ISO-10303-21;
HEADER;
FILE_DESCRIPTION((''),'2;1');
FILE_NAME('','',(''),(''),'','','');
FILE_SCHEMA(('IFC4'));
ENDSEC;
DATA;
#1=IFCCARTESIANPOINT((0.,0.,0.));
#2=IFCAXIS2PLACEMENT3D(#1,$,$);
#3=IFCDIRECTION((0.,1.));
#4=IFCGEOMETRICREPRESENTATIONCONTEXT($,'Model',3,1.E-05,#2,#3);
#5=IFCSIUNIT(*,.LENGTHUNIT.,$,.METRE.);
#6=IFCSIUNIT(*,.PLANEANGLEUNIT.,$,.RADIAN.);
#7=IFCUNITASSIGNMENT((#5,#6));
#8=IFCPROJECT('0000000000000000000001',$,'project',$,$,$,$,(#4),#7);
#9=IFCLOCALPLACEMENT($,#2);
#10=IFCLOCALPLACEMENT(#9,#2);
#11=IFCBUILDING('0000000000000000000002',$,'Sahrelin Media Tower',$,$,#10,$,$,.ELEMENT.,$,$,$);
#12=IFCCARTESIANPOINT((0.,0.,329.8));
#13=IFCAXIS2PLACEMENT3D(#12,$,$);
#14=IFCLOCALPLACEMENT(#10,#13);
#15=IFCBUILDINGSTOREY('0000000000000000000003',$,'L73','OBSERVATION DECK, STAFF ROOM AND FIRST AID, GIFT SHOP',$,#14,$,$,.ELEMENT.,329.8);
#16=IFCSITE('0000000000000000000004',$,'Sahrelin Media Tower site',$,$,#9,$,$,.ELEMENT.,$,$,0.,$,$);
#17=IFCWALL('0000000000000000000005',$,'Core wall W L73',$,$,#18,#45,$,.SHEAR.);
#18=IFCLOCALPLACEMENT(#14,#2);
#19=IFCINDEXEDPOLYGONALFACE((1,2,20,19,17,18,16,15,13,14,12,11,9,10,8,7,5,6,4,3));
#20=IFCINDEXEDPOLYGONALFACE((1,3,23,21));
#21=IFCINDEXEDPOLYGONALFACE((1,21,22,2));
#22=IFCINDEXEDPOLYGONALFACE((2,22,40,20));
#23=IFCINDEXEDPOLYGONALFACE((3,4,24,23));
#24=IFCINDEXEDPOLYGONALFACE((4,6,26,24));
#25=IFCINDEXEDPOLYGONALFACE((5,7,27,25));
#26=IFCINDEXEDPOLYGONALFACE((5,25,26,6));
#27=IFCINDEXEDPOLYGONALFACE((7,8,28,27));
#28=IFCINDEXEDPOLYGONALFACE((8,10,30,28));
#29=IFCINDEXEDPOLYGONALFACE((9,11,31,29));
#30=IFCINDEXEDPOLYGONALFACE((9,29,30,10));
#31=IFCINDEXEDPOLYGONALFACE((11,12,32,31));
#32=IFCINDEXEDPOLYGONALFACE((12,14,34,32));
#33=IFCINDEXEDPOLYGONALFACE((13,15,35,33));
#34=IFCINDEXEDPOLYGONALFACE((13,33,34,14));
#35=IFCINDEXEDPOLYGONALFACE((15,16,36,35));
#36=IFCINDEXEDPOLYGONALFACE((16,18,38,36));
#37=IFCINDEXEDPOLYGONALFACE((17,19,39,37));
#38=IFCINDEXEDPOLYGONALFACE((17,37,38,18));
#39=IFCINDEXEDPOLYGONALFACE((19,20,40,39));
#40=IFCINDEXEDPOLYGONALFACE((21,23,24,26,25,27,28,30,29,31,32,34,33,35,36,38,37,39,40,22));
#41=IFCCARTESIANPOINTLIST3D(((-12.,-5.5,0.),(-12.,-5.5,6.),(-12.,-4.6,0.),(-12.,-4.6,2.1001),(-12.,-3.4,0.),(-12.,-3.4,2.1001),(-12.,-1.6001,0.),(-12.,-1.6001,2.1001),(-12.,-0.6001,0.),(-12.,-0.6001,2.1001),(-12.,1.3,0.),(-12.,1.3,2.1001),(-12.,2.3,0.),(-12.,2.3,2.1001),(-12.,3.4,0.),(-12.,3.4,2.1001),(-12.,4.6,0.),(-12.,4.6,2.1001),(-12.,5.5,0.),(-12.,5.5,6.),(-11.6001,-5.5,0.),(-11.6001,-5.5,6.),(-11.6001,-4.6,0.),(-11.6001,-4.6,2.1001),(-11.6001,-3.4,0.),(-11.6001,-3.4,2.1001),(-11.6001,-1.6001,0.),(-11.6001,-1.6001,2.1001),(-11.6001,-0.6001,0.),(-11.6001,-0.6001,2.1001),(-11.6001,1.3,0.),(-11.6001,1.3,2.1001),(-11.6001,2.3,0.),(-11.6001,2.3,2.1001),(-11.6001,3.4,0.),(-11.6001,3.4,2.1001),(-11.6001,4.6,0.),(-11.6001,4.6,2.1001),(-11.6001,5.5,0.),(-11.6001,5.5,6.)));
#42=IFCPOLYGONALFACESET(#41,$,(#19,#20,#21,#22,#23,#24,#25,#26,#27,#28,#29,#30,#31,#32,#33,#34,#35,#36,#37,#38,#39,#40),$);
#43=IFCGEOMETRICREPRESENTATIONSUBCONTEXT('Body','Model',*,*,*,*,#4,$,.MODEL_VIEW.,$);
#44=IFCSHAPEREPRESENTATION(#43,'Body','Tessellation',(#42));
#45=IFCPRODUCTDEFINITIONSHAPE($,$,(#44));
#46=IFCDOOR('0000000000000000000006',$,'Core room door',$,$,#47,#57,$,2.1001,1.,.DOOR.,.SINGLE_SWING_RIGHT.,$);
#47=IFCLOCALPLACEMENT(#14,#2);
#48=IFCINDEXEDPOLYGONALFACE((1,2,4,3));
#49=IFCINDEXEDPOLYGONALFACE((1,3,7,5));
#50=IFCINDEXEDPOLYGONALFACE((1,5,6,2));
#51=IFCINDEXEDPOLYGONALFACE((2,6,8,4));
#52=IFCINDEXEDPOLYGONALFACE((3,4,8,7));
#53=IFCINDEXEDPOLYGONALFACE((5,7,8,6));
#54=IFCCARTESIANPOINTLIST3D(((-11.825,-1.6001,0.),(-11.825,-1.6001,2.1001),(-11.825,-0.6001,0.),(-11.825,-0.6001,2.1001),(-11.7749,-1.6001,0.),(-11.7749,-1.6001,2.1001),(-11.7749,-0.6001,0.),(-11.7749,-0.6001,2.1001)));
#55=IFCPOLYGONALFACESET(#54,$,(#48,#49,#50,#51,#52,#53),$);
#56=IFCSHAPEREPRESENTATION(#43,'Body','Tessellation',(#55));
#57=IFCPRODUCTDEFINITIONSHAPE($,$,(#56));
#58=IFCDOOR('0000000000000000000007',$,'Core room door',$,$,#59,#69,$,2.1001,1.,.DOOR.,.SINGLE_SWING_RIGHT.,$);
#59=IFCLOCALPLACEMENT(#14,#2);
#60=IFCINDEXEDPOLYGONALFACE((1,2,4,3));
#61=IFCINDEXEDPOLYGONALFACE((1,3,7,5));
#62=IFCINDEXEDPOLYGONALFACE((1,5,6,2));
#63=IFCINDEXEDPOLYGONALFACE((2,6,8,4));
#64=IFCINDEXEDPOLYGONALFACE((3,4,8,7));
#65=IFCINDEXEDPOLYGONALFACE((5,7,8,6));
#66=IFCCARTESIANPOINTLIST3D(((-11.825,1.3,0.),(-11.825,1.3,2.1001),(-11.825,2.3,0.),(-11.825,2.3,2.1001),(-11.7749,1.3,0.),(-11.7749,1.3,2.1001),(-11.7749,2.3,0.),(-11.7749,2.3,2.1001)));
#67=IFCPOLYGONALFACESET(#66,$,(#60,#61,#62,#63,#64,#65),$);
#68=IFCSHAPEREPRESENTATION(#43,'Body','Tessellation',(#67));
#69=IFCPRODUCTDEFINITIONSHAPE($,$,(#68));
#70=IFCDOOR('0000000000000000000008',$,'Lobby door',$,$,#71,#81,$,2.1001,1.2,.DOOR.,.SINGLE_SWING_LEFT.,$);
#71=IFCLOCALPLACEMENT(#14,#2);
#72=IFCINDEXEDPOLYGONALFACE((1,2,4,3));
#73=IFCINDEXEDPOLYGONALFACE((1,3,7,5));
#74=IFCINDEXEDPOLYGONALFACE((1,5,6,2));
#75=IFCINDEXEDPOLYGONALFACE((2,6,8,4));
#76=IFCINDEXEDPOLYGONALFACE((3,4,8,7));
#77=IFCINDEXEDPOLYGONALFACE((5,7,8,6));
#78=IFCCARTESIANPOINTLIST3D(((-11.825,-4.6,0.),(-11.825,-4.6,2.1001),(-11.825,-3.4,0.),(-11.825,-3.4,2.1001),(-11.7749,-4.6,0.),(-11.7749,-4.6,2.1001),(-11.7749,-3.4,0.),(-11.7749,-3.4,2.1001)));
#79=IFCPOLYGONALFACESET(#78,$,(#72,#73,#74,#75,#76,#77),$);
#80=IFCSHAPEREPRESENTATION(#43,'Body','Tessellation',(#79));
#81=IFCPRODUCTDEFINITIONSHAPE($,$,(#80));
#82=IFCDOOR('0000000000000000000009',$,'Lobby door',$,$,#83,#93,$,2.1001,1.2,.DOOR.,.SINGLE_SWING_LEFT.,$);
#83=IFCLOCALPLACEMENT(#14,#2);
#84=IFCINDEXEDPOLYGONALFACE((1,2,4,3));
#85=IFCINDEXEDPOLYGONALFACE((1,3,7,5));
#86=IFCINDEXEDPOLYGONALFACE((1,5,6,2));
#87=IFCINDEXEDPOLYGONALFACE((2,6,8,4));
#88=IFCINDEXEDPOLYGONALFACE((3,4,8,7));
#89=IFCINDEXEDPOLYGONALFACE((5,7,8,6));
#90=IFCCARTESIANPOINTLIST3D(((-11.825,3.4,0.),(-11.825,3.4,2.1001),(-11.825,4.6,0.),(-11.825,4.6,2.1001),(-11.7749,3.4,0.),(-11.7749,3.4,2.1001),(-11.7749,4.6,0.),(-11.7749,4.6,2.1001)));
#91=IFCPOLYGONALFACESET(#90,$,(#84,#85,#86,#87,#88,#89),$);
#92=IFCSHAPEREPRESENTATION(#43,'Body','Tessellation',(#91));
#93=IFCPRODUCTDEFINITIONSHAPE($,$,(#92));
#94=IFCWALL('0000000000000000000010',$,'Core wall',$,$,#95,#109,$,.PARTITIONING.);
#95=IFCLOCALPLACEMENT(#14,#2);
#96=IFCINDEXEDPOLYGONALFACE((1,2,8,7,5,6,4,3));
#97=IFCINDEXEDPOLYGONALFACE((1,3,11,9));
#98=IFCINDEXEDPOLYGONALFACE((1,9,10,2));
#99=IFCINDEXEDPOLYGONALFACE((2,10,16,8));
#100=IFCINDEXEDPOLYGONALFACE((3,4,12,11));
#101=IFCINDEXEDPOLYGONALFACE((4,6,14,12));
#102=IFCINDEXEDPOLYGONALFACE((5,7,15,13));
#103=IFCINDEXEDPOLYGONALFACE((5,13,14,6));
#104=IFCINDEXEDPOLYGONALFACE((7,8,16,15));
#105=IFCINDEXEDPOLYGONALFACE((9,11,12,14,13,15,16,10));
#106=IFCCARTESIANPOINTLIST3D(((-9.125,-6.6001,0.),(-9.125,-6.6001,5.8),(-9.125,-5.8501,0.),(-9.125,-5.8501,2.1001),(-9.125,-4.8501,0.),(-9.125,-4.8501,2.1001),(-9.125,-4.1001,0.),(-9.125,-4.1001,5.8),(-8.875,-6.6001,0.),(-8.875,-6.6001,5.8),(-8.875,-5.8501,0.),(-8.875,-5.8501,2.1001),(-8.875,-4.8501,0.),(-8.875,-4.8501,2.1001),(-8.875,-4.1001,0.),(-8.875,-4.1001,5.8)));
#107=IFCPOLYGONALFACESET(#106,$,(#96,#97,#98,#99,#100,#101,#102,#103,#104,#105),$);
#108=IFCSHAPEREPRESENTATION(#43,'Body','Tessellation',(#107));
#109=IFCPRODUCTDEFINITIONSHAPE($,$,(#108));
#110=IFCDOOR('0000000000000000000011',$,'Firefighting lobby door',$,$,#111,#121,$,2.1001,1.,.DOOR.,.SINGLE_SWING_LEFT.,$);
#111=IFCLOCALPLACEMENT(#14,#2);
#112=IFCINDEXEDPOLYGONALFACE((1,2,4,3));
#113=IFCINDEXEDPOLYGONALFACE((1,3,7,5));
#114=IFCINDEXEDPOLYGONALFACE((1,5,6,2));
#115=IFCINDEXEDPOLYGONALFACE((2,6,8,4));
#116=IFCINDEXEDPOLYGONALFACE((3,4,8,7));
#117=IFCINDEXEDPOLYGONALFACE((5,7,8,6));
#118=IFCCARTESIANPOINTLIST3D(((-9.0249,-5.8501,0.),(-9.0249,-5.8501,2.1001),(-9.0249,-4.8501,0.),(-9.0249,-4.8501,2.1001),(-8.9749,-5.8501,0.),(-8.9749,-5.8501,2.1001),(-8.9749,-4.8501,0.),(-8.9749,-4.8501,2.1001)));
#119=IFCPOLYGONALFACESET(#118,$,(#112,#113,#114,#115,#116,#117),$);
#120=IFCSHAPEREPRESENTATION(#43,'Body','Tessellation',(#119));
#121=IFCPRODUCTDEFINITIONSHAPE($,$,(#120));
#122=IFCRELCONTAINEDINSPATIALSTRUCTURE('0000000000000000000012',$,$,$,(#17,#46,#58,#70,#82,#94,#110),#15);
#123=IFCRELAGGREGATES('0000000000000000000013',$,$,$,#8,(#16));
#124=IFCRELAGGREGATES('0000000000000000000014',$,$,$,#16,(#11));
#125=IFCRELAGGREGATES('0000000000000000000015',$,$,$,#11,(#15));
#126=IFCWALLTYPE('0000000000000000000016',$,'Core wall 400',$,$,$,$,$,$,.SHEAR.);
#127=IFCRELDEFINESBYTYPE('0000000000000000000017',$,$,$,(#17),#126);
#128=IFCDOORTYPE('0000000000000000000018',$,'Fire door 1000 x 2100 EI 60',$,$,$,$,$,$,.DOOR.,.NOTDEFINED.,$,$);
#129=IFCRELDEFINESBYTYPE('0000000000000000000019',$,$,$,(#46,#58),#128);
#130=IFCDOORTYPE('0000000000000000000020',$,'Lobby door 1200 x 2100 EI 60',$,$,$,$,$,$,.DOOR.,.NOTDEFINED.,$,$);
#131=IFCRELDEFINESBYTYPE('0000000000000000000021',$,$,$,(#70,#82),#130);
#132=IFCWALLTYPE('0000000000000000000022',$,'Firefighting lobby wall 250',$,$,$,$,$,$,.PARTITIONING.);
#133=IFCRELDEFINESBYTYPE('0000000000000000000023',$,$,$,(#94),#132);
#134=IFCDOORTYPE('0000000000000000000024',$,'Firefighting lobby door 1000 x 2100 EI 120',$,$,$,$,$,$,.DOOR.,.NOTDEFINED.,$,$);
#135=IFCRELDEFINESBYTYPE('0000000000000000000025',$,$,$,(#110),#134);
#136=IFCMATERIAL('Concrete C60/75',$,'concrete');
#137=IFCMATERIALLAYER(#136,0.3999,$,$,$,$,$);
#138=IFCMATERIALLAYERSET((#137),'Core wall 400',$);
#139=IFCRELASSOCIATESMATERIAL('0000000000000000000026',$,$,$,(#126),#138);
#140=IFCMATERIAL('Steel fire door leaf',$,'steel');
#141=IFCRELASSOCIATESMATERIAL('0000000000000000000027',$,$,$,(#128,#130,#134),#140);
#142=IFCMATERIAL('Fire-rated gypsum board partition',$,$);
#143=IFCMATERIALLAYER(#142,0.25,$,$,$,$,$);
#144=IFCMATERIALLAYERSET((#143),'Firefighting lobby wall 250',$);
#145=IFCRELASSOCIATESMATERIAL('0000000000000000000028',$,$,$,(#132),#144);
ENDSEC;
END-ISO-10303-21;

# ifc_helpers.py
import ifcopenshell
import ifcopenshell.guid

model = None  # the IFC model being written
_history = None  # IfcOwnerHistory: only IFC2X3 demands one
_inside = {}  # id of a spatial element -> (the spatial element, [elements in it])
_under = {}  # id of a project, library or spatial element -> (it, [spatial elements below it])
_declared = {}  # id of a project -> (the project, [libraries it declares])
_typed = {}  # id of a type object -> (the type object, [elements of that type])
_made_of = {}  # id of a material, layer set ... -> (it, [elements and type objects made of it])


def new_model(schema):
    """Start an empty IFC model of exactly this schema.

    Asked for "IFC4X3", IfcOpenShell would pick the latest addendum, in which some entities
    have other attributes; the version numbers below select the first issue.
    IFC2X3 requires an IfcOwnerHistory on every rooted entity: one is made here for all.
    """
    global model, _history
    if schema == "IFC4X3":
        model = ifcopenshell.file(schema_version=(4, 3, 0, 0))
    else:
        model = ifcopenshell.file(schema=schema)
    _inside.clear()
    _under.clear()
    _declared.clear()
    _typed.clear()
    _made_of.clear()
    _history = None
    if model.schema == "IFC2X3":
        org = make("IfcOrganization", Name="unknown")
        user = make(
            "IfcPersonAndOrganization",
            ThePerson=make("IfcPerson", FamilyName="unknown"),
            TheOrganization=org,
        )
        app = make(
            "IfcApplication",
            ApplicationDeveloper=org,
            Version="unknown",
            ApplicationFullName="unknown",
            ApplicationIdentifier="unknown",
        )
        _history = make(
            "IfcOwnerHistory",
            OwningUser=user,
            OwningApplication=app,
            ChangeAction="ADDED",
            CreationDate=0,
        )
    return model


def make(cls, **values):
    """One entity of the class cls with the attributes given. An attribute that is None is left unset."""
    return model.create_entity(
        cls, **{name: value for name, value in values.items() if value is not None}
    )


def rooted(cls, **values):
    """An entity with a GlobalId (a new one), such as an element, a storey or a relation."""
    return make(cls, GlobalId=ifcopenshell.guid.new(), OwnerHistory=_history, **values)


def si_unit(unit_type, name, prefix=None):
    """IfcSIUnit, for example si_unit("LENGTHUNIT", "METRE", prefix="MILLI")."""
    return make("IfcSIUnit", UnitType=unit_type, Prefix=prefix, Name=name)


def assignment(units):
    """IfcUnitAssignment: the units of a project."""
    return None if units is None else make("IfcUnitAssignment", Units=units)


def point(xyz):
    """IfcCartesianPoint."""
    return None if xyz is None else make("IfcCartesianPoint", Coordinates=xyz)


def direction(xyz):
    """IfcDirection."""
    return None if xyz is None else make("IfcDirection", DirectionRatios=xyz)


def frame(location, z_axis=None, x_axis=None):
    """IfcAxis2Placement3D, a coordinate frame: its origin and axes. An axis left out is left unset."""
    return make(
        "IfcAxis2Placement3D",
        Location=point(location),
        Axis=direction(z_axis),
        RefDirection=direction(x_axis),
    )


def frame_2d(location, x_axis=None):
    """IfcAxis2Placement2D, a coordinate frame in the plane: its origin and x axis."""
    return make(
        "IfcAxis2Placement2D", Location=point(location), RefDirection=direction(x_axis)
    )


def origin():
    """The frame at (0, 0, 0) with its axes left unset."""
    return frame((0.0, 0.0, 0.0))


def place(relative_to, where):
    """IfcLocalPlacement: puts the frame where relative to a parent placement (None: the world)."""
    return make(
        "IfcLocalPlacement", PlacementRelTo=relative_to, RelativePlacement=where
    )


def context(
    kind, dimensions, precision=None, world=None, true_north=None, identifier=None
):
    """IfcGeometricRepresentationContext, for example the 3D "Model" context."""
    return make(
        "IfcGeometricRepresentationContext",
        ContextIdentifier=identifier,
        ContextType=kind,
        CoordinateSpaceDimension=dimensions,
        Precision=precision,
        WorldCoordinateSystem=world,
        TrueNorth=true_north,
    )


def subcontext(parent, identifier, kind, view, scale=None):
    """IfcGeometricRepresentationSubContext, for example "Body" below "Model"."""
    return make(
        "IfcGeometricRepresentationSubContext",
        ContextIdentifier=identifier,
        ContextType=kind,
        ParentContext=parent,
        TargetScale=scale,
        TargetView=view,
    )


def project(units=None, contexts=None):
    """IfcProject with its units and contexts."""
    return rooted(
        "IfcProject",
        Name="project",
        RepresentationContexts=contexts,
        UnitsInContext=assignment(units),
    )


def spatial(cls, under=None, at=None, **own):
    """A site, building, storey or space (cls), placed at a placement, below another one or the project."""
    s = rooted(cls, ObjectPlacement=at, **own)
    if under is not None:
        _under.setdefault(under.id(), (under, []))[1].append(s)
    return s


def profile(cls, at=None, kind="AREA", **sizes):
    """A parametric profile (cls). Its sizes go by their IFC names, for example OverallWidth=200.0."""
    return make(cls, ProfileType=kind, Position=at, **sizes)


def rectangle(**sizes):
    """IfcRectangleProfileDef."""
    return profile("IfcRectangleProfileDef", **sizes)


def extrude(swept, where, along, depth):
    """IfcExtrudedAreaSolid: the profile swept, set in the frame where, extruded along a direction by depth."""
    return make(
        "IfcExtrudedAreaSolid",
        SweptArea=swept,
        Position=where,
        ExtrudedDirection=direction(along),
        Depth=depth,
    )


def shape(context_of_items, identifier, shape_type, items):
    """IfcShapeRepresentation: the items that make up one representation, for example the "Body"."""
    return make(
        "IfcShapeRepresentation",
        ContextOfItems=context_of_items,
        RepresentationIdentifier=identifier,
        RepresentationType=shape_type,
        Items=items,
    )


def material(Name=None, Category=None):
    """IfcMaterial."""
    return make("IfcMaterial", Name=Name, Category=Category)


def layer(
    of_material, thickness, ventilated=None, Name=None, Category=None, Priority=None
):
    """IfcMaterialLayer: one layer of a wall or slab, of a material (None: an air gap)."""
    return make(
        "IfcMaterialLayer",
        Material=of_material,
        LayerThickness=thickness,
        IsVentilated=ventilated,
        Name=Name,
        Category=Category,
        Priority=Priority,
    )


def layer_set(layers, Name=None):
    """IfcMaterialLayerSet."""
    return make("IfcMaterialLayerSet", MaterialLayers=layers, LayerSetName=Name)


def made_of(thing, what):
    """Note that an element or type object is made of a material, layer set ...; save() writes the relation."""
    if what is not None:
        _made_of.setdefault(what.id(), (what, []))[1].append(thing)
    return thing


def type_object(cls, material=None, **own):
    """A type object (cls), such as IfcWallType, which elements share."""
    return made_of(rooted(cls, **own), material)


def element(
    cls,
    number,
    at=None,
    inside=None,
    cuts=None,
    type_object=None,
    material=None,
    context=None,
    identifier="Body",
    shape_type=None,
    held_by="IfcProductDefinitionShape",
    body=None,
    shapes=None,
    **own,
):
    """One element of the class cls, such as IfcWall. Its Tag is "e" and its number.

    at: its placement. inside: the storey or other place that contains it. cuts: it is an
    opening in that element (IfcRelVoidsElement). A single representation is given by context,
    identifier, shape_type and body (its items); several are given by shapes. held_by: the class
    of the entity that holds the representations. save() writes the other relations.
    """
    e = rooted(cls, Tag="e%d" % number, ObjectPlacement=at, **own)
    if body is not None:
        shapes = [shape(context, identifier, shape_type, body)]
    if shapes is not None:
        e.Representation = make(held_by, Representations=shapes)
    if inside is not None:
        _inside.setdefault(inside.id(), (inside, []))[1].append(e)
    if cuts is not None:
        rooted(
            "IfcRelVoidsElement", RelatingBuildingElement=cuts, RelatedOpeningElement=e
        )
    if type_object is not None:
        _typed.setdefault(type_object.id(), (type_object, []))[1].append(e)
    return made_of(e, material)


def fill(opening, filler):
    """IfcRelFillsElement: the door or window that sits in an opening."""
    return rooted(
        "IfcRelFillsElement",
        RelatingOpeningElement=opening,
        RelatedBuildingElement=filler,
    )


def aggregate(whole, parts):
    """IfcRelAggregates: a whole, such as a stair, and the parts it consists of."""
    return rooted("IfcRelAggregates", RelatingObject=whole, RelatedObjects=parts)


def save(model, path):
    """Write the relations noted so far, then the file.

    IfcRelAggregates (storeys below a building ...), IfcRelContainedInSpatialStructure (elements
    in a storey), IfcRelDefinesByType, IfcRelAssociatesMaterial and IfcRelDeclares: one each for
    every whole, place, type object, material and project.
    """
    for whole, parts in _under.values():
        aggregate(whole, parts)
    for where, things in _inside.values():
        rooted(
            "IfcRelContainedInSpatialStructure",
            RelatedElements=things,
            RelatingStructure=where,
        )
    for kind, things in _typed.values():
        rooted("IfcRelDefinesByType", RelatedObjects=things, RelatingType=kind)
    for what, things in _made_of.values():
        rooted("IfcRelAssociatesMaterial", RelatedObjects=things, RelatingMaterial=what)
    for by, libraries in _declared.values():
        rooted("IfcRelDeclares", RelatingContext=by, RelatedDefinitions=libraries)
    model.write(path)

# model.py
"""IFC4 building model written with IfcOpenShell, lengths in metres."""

from ifc_helpers import new_model, si_unit, direction, frame, frame_2d, origin, place, context, subcontext, project, spatial, rectangle, extrude, material, layer, layer_set, type_object, element, fill, save


model = new_model("IFC4")

# Units and contexts
model_context = context("Model", 3, precision=1e-05, world=origin(), true_north=direction((0.0, 1.0)))
body_context = subcontext(model_context, "Body", "Model", "MODEL_VIEW")
ifc_project = project(units=[si_unit("LENGTHUNIT", "METRE"), si_unit("PLANEANGLEUNIT", "RADIAN")], contexts=[model_context])

# Site, building, storey
site_placement = place(None, origin())
site = spatial("IfcSite", under=ifc_project, at=site_placement, Name="Sahrelin Media Tower site", CompositionType="ELEMENT", RefElevation=0.0)
building_placement = place(site_placement, origin())
building = spatial("IfcBuilding", under=site, at=building_placement, Name="Sahrelin Media Tower", CompositionType="ELEMENT")
storey_placement = place(building_placement, frame((0.0, 0.0, 329.8)))
storey = spatial("IfcBuildingStorey", under=building, at=storey_placement, Name="L73", Description="OBSERVATION DECK, STAFF ROOM AND FIRST AID, GIFT SHOP", CompositionType="ELEMENT", Elevation=329.8)

# Shared definitions
ifc_material_1 = material(Name="Concrete C60/75", Category="concrete")
ifc_layer_1 = layer(ifc_material_1, 0.3999)
ifc_layer_set_1 = layer_set([ifc_layer_1], Name="Core wall 400")
wall_type_1 = type_object("IfcWallType", Name="Core wall 400", PredefinedType="SHEAR", material=ifc_layer_set_1)

# Wall, openings, doors
wall_1_placement = place(storey_placement, frame((-11.8, -5.5, 0.0), z_axis=(0.0, 0.0, 1.0), x_axis=(0.0, 1.0, 0.0)))
wall_1 = element("IfcWall", 1, at=wall_1_placement, inside=storey, type_object=wall_type_1, Name="Core wall W L73", PredefinedType="SHEAR", context=body_context, shape_type="SweptSolid", body=[
    extrude(rectangle(XDim=11.0, YDim=0.3999, at=frame_2d((5.5, 0.0))), origin(), (0.0, 0.0, 1.0), 6.0),
])
opening_1_placement = place(wall_1_placement, frame((3.8999, 0.0, 0.0)))
opening_1 = element("IfcOpeningElement", 2, at=opening_1_placement, cuts=wall_1, PredefinedType="OPENING", context=body_context, shape_type="SweptSolid", body=[
    extrude(rectangle(XDim=1.0, YDim=2.1001, at=frame_2d((0.5, 1.05))), frame((0.0, 0.2, 0.0), z_axis=(0.0, -1.0, 0.0), x_axis=(1.0, 0.0, 0.0)), (0.0, 0.0, 1.0), 0.3999),
])
opening_2_placement = place(wall_1_placement, frame((6.8, 0.0, 0.0)))
opening_2 = element("IfcOpeningElement", 3, at=opening_2_placement, cuts=wall_1, PredefinedType="OPENING", context=body_context, shape_type="SweptSolid", body=[
    extrude(rectangle(XDim=1.0, YDim=2.1001, at=frame_2d((0.5, 1.05))), frame((0.0, 0.2, 0.0), z_axis=(0.0, -1.0, 0.0), x_axis=(1.0, 0.0, 0.0)), (0.0, 0.0, 1.0), 0.3999),
])
opening_3_placement = place(wall_1_placement, frame((0.8999, 0.0, 0.0)))
opening_3 = element("IfcOpeningElement", 4, at=opening_3_placement, cuts=wall_1, PredefinedType="OPENING", context=body_context, shape_type="SweptSolid", body=[
    extrude(rectangle(XDim=1.2, YDim=2.1001, at=frame_2d((0.6001, 1.05))), frame((0.0, 0.2, 0.0), z_axis=(0.0, -1.0, 0.0), x_axis=(1.0, 0.0, 0.0)), (0.0, 0.0, 1.0), 0.3999),
])
opening_4_placement = place(wall_1_placement, frame((8.8999, 0.0, 0.0)))
opening_4 = element("IfcOpeningElement", 5, at=opening_4_placement, cuts=wall_1, PredefinedType="OPENING", context=body_context, shape_type="SweptSolid", body=[
    extrude(rectangle(XDim=1.2, YDim=2.1001, at=frame_2d((0.6001, 1.05))), frame((0.0, 0.2, 0.0), z_axis=(0.0, -1.0, 0.0), x_axis=(1.0, 0.0, 0.0)), (0.0, 0.0, 1.0), 0.3999),
])
ifc_material_2 = material(Name="Steel fire door leaf", Category="steel")
door_type_1 = type_object("IfcDoorType", Name="Fire door 1000 x 2100 EI 60", OperationType="NOTDEFINED", PredefinedType="DOOR", material=ifc_material_2)
door_1_placement = place(opening_1_placement, origin())
door_1 = element("IfcDoor", 6, at=door_1_placement, inside=storey, type_object=door_type_1, Name="Core room door", OperationType="SINGLE_SWING_RIGHT", OverallHeight=2.1001, OverallWidth=1.0, PredefinedType="DOOR", context=body_context, shape_type="SweptSolid", body=[
    extrude(rectangle(XDim=1.0, YDim=2.1001, at=frame_2d((0.5, 1.05))), frame((0.0, 0.0249, 0.0), z_axis=(0.0, -1.0, 0.0), x_axis=(1.0, 0.0, 0.0)), (0.0, 0.0, 1.0), 0.05),
])
fill(opening_1, door_1)
door_2_placement = place(opening_2_placement, origin())
door_2 = element("IfcDoor", 7, at=door_2_placement, inside=storey, type_object=door_type_1, Name="Core room door", OperationType="SINGLE_SWING_RIGHT", OverallHeight=2.1001, OverallWidth=1.0, PredefinedType="DOOR", context=body_context, shape_type="SweptSolid", body=[
    extrude(rectangle(XDim=1.0, YDim=2.1001, at=frame_2d((0.5, 1.05))), frame((0.0, 0.0249, 0.0), z_axis=(0.0, -1.0, 0.0), x_axis=(1.0, 0.0, 0.0)), (0.0, 0.0, 1.0), 0.05),
])
fill(opening_2, door_2)
door_type_2 = type_object("IfcDoorType", Name="Lobby door 1200 x 2100 EI 60", OperationType="NOTDEFINED", PredefinedType="DOOR", material=ifc_material_2)
door_3_placement = place(opening_3_placement, origin())
door_3 = element("IfcDoor", 8, at=door_3_placement, inside=storey, type_object=door_type_2, Name="Lobby door", OperationType="SINGLE_SWING_LEFT", OverallHeight=2.1001, OverallWidth=1.2, PredefinedType="DOOR", context=body_context, shape_type="SweptSolid", body=[
    extrude(rectangle(XDim=1.2, YDim=2.1001, at=frame_2d((0.6001, 1.05))), frame((0.0, 0.0249, 0.0), z_axis=(0.0, -1.0, 0.0), x_axis=(1.0, 0.0, 0.0)), (0.0, 0.0, 1.0), 0.05),
])
fill(opening_3, door_3)
door_4_placement = place(opening_4_placement, origin())
door_4 = element("IfcDoor", 9, at=door_4_placement, inside=storey, type_object=door_type_2, Name="Lobby door", OperationType="SINGLE_SWING_LEFT", OverallHeight=2.1001, OverallWidth=1.2, PredefinedType="DOOR", context=body_context, shape_type="SweptSolid", body=[
    extrude(rectangle(XDim=1.2, YDim=2.1001, at=frame_2d((0.6001, 1.05))), frame((0.0, 0.0249, 0.0), z_axis=(0.0, -1.0, 0.0), x_axis=(1.0, 0.0, 0.0)), (0.0, 0.0, 1.0), 0.05),
])
fill(opening_4, door_4)

# Wall, opening, door
ifc_material_3 = material(Name="Fire-rated gypsum board partition")
ifc_layer_2 = layer(ifc_material_3, 0.25)
ifc_layer_set_2 = layer_set([ifc_layer_2], Name="Firefighting lobby wall 250")
wall_type_2 = type_object("IfcWallType", Name="Firefighting lobby wall 250", PredefinedType="PARTITIONING", material=ifc_layer_set_2)
wall_2_placement = place(storey_placement, frame((-9.0, -6.6001, 0.0), z_axis=(0.0, 0.0, 1.0), x_axis=(0.0, 1.0, 0.0)))
wall_2 = element("IfcWall", 10, at=wall_2_placement, inside=storey, type_object=wall_type_2, Name="Core wall", PredefinedType="PARTITIONING", context=body_context, shape_type="SweptSolid", body=[
    extrude(rectangle(XDim=2.5, YDim=0.25, at=frame_2d((1.25, 0.0))), origin(), (0.0, 0.0, 1.0), 5.8),
])
opening_5_placement = place(wall_2_placement, frame((0.75, 0.0, 0.0)))
opening_5 = element("IfcOpeningElement", 11, at=opening_5_placement, cuts=wall_2, PredefinedType="OPENING", context=body_context, shape_type="SweptSolid", body=[
    extrude(rectangle(XDim=1.0, YDim=2.1001, at=frame_2d((0.5, 1.05))), frame((0.0, 0.125, 0.0), z_axis=(0.0, -1.0, 0.0), x_axis=(1.0, 0.0, 0.0)), (0.0, 0.0, 1.0), 0.25),
])
door_type_3 = type_object("IfcDoorType", Name="Firefighting lobby door 1000 x 2100 EI 120", OperationType="NOTDEFINED", PredefinedType="DOOR", material=ifc_material_2)
door_5_placement = place(opening_5_placement, origin())
door_5 = element("IfcDoor", 12, at=door_5_placement, inside=storey, type_object=door_type_3, Name="Firefighting lobby door", OperationType="SINGLE_SWING_LEFT", OverallHeight=2.1001, OverallWidth=1.0, PredefinedType="DOOR", context=body_context, shape_type="SweptSolid", body=[
    extrude(rectangle(XDim=1.0, YDim=2.1001, at=frame_2d((0.5, 1.05))), frame((0.0, 0.0249, 0.0), z_axis=(0.0, -1.0, 0.0), x_axis=(1.0, 0.0, 0.0)), (0.0, 0.0, 1.0), 0.05),
])
fill(opening_5, door_5)

save(model, "model.ifc")
